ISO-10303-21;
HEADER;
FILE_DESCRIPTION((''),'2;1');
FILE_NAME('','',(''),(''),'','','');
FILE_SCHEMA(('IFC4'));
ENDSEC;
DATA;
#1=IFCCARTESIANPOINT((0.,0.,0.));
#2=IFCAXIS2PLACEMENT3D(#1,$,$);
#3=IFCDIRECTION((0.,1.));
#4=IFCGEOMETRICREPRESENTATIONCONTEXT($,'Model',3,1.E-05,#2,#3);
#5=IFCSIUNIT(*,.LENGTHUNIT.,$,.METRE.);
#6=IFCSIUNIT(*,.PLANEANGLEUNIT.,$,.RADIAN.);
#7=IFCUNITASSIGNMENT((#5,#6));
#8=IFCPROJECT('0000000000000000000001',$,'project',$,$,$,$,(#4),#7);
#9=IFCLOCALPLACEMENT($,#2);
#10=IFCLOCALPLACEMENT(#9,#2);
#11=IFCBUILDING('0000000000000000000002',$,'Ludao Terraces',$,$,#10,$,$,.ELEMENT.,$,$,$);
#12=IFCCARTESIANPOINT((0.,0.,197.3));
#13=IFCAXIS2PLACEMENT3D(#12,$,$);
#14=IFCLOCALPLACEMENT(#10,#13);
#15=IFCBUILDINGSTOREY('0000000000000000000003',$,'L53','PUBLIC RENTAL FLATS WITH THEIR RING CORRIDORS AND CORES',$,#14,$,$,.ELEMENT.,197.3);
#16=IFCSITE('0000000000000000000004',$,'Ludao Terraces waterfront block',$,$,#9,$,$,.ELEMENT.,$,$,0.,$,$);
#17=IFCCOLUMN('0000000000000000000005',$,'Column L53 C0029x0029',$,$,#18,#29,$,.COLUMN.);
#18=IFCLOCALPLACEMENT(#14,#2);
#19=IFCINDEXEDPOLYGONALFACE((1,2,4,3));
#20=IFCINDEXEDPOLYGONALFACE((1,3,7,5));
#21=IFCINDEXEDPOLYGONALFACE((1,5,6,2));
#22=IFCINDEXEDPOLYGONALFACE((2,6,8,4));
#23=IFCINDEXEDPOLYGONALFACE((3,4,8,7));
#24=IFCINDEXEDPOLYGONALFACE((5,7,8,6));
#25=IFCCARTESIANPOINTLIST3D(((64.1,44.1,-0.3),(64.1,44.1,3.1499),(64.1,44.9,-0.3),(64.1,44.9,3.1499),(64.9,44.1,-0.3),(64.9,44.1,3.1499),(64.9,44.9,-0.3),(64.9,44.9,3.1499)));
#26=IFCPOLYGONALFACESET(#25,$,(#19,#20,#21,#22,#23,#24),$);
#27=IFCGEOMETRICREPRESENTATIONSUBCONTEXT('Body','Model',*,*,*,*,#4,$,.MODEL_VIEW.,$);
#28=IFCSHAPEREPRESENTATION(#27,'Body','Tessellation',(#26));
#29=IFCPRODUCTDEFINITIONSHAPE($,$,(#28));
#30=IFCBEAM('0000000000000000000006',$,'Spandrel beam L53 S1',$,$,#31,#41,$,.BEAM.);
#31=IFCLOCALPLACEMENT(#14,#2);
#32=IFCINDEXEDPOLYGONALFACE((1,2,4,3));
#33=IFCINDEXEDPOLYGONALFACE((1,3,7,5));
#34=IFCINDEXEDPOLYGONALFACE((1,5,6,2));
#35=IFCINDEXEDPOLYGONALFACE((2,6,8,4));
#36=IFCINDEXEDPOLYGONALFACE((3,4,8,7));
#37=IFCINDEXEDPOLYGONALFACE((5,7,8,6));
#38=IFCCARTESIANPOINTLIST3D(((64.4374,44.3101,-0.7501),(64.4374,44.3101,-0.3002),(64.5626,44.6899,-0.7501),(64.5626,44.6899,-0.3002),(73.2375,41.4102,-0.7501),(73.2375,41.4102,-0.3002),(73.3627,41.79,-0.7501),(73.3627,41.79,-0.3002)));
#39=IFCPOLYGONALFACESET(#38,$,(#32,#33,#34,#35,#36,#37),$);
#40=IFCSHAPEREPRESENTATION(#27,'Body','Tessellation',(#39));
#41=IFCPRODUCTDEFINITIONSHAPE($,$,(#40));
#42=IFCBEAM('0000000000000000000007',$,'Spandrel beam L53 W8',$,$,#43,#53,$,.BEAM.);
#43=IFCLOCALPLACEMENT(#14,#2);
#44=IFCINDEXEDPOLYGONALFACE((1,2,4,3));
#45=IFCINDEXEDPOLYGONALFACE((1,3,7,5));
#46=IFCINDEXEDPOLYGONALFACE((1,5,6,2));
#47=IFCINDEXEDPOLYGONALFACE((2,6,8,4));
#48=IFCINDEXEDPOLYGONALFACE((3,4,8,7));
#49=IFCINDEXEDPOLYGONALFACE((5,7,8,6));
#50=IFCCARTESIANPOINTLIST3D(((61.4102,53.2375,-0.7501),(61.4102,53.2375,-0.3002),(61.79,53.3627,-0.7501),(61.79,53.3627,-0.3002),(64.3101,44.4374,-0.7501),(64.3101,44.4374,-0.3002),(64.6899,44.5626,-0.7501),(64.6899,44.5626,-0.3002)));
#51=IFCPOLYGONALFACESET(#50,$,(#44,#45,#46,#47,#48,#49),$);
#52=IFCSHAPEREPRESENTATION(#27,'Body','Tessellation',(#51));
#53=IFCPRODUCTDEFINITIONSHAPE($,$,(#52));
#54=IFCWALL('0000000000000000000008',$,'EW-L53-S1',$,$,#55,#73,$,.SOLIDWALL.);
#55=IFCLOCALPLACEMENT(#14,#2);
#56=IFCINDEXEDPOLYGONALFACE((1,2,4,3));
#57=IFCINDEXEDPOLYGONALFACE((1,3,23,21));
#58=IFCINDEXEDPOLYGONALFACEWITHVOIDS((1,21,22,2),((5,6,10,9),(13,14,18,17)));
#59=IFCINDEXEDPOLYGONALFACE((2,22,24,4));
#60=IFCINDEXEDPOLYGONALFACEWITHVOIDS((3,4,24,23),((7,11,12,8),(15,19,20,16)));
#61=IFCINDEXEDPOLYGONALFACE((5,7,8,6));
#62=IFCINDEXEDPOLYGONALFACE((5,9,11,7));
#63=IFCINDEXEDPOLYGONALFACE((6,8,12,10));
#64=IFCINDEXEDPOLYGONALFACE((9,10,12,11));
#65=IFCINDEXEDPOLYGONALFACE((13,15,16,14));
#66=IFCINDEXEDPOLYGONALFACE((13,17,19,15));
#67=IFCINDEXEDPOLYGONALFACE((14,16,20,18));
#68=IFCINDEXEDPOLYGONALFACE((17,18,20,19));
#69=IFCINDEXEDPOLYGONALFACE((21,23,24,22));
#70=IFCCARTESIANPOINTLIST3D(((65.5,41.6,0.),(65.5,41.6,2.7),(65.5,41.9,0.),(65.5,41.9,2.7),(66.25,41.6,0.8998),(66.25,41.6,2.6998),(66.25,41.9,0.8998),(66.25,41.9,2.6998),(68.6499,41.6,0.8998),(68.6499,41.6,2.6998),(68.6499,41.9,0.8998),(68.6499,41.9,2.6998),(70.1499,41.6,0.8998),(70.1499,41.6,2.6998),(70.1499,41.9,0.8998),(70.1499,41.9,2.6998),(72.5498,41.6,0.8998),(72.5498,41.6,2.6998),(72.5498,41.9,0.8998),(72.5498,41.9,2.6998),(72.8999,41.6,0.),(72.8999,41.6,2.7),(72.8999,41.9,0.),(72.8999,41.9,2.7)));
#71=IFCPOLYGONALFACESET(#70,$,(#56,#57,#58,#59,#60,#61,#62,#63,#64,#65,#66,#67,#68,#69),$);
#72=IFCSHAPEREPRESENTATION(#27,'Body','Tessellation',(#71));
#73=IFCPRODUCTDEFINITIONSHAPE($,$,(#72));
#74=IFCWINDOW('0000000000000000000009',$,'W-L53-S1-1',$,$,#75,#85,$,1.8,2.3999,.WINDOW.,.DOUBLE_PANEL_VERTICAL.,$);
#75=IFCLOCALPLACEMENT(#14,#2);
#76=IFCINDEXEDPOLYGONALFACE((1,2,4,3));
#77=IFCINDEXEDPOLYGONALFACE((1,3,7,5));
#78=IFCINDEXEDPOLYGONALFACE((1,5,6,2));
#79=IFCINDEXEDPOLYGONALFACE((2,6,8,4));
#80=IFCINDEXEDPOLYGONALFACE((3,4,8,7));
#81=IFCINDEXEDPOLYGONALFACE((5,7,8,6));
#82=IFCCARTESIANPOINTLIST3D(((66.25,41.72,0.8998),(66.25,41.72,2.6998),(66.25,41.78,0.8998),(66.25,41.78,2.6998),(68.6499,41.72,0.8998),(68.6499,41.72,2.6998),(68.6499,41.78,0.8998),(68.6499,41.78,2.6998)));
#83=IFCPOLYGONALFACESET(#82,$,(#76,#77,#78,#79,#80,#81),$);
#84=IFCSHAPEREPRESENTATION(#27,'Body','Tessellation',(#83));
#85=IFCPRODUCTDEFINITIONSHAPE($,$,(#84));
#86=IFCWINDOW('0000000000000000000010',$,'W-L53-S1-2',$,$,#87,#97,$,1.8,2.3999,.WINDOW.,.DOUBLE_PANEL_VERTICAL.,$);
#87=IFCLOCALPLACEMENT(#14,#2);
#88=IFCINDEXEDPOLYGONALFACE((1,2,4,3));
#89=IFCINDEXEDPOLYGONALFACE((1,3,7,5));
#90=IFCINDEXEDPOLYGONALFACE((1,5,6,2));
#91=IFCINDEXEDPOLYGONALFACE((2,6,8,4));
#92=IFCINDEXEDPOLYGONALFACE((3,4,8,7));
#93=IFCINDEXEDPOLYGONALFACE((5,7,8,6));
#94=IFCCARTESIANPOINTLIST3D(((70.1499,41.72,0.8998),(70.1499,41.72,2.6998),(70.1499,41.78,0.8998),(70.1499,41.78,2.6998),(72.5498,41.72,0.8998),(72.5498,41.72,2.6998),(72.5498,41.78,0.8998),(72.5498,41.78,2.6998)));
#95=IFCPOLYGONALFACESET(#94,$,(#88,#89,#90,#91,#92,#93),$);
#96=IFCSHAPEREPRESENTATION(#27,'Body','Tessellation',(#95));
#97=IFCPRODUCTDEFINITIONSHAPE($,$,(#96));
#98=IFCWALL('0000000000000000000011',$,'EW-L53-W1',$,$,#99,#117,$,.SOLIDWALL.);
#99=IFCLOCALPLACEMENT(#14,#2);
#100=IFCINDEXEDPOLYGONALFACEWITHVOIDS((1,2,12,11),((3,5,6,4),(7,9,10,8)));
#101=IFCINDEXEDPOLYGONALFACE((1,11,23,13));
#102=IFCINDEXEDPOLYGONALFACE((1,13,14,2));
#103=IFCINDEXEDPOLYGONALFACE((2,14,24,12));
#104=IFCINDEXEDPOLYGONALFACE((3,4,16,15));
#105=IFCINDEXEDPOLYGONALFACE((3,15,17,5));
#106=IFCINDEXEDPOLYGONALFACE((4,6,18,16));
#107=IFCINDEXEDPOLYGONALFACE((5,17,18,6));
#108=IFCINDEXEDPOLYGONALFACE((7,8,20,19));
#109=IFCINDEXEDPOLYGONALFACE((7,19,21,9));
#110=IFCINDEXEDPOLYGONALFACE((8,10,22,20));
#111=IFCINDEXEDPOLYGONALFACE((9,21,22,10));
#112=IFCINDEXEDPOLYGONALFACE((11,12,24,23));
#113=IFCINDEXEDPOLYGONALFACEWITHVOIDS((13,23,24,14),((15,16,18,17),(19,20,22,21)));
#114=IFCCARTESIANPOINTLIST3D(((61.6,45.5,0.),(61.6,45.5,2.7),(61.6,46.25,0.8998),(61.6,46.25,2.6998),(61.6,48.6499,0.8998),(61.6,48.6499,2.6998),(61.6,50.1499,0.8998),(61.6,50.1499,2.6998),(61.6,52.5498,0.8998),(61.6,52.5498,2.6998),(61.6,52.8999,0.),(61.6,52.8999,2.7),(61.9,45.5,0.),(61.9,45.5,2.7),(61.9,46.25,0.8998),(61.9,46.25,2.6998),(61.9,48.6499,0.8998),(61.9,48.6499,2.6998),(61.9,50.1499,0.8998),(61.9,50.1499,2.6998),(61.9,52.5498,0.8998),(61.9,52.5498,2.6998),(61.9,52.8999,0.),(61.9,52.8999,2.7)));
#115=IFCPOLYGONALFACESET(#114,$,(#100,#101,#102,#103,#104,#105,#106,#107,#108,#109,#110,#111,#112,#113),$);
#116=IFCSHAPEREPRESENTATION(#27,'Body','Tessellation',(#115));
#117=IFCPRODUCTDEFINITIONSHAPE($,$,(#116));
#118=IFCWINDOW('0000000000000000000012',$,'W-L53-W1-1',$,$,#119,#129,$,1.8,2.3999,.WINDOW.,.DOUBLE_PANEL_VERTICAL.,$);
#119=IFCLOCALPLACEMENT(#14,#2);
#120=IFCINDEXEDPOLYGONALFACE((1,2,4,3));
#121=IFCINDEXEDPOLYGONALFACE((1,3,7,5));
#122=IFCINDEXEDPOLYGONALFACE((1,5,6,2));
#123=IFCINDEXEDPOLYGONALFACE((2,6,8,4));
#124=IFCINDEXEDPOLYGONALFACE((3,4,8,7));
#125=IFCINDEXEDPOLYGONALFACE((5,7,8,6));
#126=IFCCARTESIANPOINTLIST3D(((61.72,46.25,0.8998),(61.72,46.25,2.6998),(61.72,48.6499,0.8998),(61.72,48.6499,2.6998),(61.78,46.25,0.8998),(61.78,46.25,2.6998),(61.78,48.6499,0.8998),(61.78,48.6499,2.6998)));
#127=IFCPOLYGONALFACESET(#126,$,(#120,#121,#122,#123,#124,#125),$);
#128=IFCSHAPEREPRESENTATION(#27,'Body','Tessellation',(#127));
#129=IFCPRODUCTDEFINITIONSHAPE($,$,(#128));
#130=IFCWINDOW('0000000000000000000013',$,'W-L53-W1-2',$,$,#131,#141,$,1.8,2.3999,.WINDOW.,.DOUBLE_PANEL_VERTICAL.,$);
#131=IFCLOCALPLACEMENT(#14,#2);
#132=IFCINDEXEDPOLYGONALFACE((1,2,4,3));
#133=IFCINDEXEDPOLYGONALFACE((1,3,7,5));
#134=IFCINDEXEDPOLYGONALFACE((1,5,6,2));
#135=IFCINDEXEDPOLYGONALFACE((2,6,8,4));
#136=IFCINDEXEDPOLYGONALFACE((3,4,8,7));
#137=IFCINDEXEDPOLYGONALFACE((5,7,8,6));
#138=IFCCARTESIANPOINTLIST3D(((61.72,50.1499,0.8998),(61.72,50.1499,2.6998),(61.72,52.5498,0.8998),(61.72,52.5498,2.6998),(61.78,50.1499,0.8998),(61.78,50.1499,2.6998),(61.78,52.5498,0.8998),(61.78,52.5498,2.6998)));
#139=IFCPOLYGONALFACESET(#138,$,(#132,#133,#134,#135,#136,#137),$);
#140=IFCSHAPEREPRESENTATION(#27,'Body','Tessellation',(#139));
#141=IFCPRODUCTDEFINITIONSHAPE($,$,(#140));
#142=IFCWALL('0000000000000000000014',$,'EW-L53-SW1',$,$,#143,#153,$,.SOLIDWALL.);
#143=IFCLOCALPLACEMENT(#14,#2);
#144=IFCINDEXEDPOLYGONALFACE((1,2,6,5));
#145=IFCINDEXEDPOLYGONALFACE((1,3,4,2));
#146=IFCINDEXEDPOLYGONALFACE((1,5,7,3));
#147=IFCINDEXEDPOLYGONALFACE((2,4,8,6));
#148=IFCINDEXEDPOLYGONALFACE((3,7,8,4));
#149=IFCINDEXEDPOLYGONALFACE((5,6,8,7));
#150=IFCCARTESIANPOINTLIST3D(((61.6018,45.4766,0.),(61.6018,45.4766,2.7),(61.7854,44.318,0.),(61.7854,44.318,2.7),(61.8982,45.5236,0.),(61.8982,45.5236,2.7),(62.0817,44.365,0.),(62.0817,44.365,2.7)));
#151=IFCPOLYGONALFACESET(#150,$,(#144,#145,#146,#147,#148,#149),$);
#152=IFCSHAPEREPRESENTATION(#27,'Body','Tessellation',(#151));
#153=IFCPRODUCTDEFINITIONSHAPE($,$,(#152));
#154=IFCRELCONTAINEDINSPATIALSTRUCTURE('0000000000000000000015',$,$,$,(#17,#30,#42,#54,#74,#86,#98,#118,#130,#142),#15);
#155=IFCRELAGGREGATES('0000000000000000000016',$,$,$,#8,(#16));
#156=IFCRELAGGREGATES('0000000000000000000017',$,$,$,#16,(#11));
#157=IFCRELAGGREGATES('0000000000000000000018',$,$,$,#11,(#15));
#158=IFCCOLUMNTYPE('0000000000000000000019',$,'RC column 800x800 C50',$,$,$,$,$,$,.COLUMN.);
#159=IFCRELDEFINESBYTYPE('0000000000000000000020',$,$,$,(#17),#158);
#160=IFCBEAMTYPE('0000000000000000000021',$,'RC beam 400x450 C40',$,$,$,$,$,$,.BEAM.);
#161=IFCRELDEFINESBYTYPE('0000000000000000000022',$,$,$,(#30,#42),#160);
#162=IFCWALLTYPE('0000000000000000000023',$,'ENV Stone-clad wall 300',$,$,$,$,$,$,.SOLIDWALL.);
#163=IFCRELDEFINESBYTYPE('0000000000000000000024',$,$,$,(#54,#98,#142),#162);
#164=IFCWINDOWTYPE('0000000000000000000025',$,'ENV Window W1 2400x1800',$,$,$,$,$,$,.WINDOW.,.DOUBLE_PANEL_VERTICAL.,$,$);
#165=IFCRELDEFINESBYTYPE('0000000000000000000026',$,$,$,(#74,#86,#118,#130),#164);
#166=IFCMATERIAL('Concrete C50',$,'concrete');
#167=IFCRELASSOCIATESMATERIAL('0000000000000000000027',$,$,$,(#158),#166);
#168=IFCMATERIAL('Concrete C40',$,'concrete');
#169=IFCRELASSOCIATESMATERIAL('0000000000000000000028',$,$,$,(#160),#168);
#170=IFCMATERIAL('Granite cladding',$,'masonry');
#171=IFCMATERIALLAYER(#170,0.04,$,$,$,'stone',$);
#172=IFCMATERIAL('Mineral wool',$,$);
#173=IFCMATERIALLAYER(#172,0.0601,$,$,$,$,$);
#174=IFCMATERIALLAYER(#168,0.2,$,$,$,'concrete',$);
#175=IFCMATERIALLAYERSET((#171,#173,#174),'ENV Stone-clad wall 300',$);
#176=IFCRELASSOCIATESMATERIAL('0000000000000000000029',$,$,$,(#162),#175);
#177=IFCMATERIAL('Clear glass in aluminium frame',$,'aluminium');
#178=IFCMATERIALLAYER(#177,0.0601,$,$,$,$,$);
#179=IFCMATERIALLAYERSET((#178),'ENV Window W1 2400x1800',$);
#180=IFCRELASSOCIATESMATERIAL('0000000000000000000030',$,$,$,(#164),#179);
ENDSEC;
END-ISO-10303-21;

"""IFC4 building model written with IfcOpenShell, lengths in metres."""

from ifc_helpers import new_model, si_unit, direction, frame, frame_2d, origin, origin_2d, place, context, subcontext, project, spatial, rectangle, extrude, material, layer, layer_set, material_profile, profile_set, type_object, element, fill, save


model = new_model("IFC4")

# Units and contexts
model_context = context("Model", 3, precision=1e-05, world=origin(), true_north=direction((0.0, 1.0)))
body_context = subcontext(model_context, "Body", "Model", "MODEL_VIEW")
ifc_project = project(units=[si_unit("LENGTHUNIT", "METRE"), si_unit("PLANEANGLEUNIT", "RADIAN")], contexts=[model_context])

# Site, building, storey
site_placement = place(None, origin())
site = spatial("IfcSite", under=ifc_project, at=site_placement, Name="Ludao Terraces waterfront block", CompositionType="ELEMENT", RefElevation=0.0)
building_placement = place(site_placement, origin())
building = spatial("IfcBuilding", under=site, at=building_placement, Name="Ludao Terraces", CompositionType="ELEMENT")
storey_placement = place(building_placement, frame((0.0, 0.0, 197.3)))
storey = spatial("IfcBuildingStorey", under=building, at=storey_placement, Name="L53", Description="PUBLIC RENTAL FLATS WITH THEIR RING CORRIDORS AND CORES", CompositionType="ELEMENT", Elevation=197.3)

# Column
ifc_material_1 = material(Name="Concrete C50", Category="concrete")
ifc_material_profile_1 = material_profile(ifc_material_1, rectangle(XDim=0.8, YDim=0.8, at=origin_2d()), Name="800 X 800")
ifc_profile_set_1 = profile_set([ifc_material_profile_1], Name="Concrete C50")
column_type = type_object("IfcColumnType", Name="RC column 800x800 C50", PredefinedType="COLUMN", material=ifc_profile_set_1)
column_placement = place(storey_placement, frame((64.5, 44.5, -0.3), z_axis=(0.0, 0.0, 1.0), x_axis=(1.0, 0.0, 0.0)))
element("IfcColumn", 1, at=column_placement, inside=storey, type_object=column_type, Name="Column L53 C0029x0029", PredefinedType="COLUMN", context=body_context, shape_type="SweptSolid", body=[
    extrude(rectangle(XDim=0.8, YDim=0.8, at=origin_2d()), origin(), (0.0, 0.0, 1.0), 3.45),
])

# Beams
ifc_material_2 = material(Name="Concrete C40", Category="concrete")
ifc_material_profile_2 = material_profile(ifc_material_2, rectangle(XDim=0.3999, YDim=0.45, at=origin_2d()), Name="400 X 450")
ifc_profile_set_2 = profile_set([ifc_material_profile_2], Name="Concrete C40")
beam_type = type_object("IfcBeamType", Name="RC beam 400x450 C40", PredefinedType="BEAM", material=ifc_profile_set_2)
for number, where, z_axis, x_axis, name in (
    (2, (64.5, 44.5, -0.5251), (0.949761, -0.312977, 0.0), (0.312977, 0.949761, 0.0), "Spandrel beam L53 S1"),
    (3, (64.5, 44.5, -0.5251), (-0.312977, 0.949761, 0.0), (-0.949761, -0.312977, 0.0), "Spandrel beam L53 W8"),
):
    element("IfcBeam", number, at=place(storey_placement, frame(where, z_axis=z_axis, x_axis=x_axis)), inside=storey, type_object=beam_type, Name=name, PredefinedType="BEAM", context=body_context, shape_type="SweptSolid", body=[
        extrude(rectangle(XDim=0.3999, YDim=0.45, at=origin_2d()), origin(), (0.0, 0.0, 1.0), 9.2656),
    ])

# Walls, openings, windows
ifc_material_3 = material(Name="Granite cladding", Category="masonry")
ifc_layer_1 = layer(ifc_material_3, 0.04, Category="stone")
ifc_material_4 = material(Name="Mineral wool")
ifc_layer_2 = layer(ifc_material_4, 0.0601)
ifc_layer_3 = layer(ifc_material_2, 0.2, Category="concrete")
ifc_layer_set_1 = layer_set([ifc_layer_1, ifc_layer_2, ifc_layer_3], Name="ENV Stone-clad wall 300")
wall_type = type_object("IfcWallType", Name="ENV Stone-clad wall 300", PredefinedType="SOLIDWALL", material=ifc_layer_set_1)
wall_1_placement = place(storey_placement, frame((65.5, 41.75, 0.0), z_axis=(0.0, 0.0, 1.0), x_axis=(1.0, 0.0, 0.0)))
wall_1 = element("IfcWall", 4, at=wall_1_placement, inside=storey, type_object=wall_type, Name="EW-L53-S1", PredefinedType="SOLIDWALL", context=body_context, shape_type="SweptSolid", body=[
    extrude(rectangle(XDim=7.3999, YDim=0.3, at=frame_2d((3.7, 0.0))), origin(), (0.0, 0.0, 1.0), 2.7),
])
opening_1_placement = place(wall_1_placement, frame((0.75, 0.0, 0.8999)))
opening_1 = element("IfcOpeningElement", 5, at=opening_1_placement, cuts=wall_1, PredefinedType="OPENING", context=body_context, shape_type="SweptSolid", body=[
    extrude(rectangle(XDim=2.3999, YDim=1.8, at=frame_2d((1.2, 0.8999))), frame((0.0, 0.1602, 0.0), z_axis=(0.0, -1.0, 0.0), x_axis=(1.0, 0.0, 0.0)), (0.0, 0.0, 1.0), 0.3201),
])
opening_2_placement = place(wall_1_placement, frame((4.6499, 0.0, 0.8999)))
opening_2 = element("IfcOpeningElement", 6, at=opening_2_placement, cuts=wall_1, PredefinedType="OPENING", context=body_context, shape_type="SweptSolid", body=[
    extrude(rectangle(XDim=2.3999, YDim=1.8, at=frame_2d((1.2, 0.8999))), frame((0.0, 0.1602, 0.0), z_axis=(0.0, -1.0, 0.0), x_axis=(1.0, 0.0, 0.0)), (0.0, 0.0, 1.0), 0.3201),
])
ifc_material_5 = material(Name="Clear glass in aluminium frame", Category="aluminium")
ifc_layer_4 = layer(ifc_material_5, 0.0601)
ifc_layer_set_2 = layer_set([ifc_layer_4], Name="ENV Window W1 2400x1800")
window_type_1 = type_object("IfcWindowType", Name="ENV Window W1 2400x1800", PartitioningType="DOUBLE_PANEL_VERTICAL", PredefinedType="WINDOW", material=ifc_layer_set_2)
window_1_placement = place(opening_1_placement, origin())
window_1 = element("IfcWindow", 7, at=window_1_placement, inside=storey, type_object=window_type_1, Name="W-L53-S1-1", OverallHeight=1.8, OverallWidth=2.3999, PartitioningType="DOUBLE_PANEL_VERTICAL", PredefinedType="WINDOW", context=body_context, shape_type="SweptSolid", body=[
    extrude(rectangle(XDim=2.3999, YDim=1.8, at=frame_2d((1.2, 0.8999))), frame((0.0, 0.03, 0.0), z_axis=(0.0, -1.0, 0.0), x_axis=(1.0, 0.0, 0.0)), (0.0, 0.0, 1.0), 0.0601),
])
fill(opening_1, window_1)
window_2_placement = place(opening_2_placement, origin())
window_2 = element("IfcWindow", 8, at=window_2_placement, inside=storey, type_object=window_type_1, Name="W-L53-S1-2", OverallHeight=1.8, OverallWidth=2.3999, PartitioningType="DOUBLE_PANEL_VERTICAL", PredefinedType="WINDOW", context=body_context, shape_type="SweptSolid", body=[
    extrude(rectangle(XDim=2.3999, YDim=1.8, at=frame_2d((1.2, 0.8999))), frame((0.0, 0.03, 0.0), z_axis=(0.0, -1.0, 0.0), x_axis=(1.0, 0.0, 0.0)), (0.0, 0.0, 1.0), 0.0601),
])
fill(opening_2, window_2)
wall_2_placement = place(storey_placement, frame((61.75, 45.5, 0.0), z_axis=(0.0, 0.0, 1.0), x_axis=(0.0, 1.0, 0.0)))
wall_2 = element("IfcWall", 9, at=wall_2_placement, inside=storey, type_object=wall_type, Name="EW-L53-W1", PredefinedType="SOLIDWALL", context=body_context, shape_type="SweptSolid", body=[
    extrude(rectangle(XDim=7.3999, YDim=0.3, at=frame_2d((3.7, 0.0))), origin(), (0.0, 0.0, 1.0), 2.7),
])
opening_3_placement = place(wall_2_placement, frame((0.75, 0.0, 0.8999)))
opening_3 = element("IfcOpeningElement", 10, at=opening_3_placement, cuts=wall_2, PredefinedType="OPENING", context=body_context, shape_type="SweptSolid", body=[
    extrude(rectangle(XDim=2.3999, YDim=1.8, at=frame_2d((1.2, 0.8999))), frame((0.0, 0.1602, 0.0), z_axis=(0.0, -1.0, 0.0), x_axis=(1.0, 0.0, 0.0)), (0.0, 0.0, 1.0), 0.3201),
])
opening_4_placement = place(wall_2_placement, frame((4.6499, 0.0, 0.8999)))
opening_4 = element("IfcOpeningElement", 11, at=opening_4_placement, cuts=wall_2, PredefinedType="OPENING", context=body_context, shape_type="SweptSolid", body=[
    extrude(rectangle(XDim=2.3999, YDim=1.8, at=frame_2d((1.2, 0.8999))), frame((0.0, 0.1602, 0.0), z_axis=(0.0, -1.0, 0.0), x_axis=(1.0, 0.0, 0.0)), (0.0, 0.0, 1.0), 0.3201),
])
window_3_placement = place(opening_3_placement, origin())
window_3 = element("IfcWindow", 12, at=window_3_placement, inside=storey, type_object=window_type_1, Name="W-L53-W1-1", OverallHeight=1.8, OverallWidth=2.3999, PartitioningType="DOUBLE_PANEL_VERTICAL", PredefinedType="WINDOW", context=body_context, shape_type="SweptSolid", body=[
    extrude(rectangle(XDim=2.3999, YDim=1.8, at=frame_2d((1.2, 0.8999))), frame((0.0, 0.03, 0.0), z_axis=(0.0, -1.0, 0.0), x_axis=(1.0, 0.0, 0.0)), (0.0, 0.0, 1.0), 0.0601),
])
fill(opening_3, window_3)
window_4_placement = place(opening_4_placement, origin())
window_4 = element("IfcWindow", 13, at=window_4_placement, inside=storey, type_object=window_type_1, Name="W-L53-W1-2", OverallHeight=1.8, OverallWidth=2.3999, PartitioningType="DOUBLE_PANEL_VERTICAL", PredefinedType="WINDOW", context=body_context, shape_type="SweptSolid", body=[
    extrude(rectangle(XDim=2.3999, YDim=1.8, at=frame_2d((1.2, 0.8999))), frame((0.0, 0.03, 0.0), z_axis=(0.0, -1.0, 0.0), x_axis=(1.0, 0.0, 0.0)), (0.0, 0.0, 1.0), 0.0601),
])
fill(opening_4, window_4)

# Wall
wall_3_placement = place(storey_placement, frame((61.75, 45.5, 0.0), z_axis=(0.0, 0.0, 1.0), x_axis=(0.156497, -0.987678, 0.0)))
element("IfcWall", 14, at=wall_3_placement, inside=storey, type_object=wall_type, Name="EW-L53-SW1", PredefinedType="SOLIDWALL", context=body_context, shape_type="SweptSolid", body=[
    extrude(rectangle(XDim=1.1731, YDim=0.3, at=frame_2d((0.5864, 0.0))), origin(), (0.0, 0.0, 1.0), 2.7),
])

save(model, "model.ifc")
